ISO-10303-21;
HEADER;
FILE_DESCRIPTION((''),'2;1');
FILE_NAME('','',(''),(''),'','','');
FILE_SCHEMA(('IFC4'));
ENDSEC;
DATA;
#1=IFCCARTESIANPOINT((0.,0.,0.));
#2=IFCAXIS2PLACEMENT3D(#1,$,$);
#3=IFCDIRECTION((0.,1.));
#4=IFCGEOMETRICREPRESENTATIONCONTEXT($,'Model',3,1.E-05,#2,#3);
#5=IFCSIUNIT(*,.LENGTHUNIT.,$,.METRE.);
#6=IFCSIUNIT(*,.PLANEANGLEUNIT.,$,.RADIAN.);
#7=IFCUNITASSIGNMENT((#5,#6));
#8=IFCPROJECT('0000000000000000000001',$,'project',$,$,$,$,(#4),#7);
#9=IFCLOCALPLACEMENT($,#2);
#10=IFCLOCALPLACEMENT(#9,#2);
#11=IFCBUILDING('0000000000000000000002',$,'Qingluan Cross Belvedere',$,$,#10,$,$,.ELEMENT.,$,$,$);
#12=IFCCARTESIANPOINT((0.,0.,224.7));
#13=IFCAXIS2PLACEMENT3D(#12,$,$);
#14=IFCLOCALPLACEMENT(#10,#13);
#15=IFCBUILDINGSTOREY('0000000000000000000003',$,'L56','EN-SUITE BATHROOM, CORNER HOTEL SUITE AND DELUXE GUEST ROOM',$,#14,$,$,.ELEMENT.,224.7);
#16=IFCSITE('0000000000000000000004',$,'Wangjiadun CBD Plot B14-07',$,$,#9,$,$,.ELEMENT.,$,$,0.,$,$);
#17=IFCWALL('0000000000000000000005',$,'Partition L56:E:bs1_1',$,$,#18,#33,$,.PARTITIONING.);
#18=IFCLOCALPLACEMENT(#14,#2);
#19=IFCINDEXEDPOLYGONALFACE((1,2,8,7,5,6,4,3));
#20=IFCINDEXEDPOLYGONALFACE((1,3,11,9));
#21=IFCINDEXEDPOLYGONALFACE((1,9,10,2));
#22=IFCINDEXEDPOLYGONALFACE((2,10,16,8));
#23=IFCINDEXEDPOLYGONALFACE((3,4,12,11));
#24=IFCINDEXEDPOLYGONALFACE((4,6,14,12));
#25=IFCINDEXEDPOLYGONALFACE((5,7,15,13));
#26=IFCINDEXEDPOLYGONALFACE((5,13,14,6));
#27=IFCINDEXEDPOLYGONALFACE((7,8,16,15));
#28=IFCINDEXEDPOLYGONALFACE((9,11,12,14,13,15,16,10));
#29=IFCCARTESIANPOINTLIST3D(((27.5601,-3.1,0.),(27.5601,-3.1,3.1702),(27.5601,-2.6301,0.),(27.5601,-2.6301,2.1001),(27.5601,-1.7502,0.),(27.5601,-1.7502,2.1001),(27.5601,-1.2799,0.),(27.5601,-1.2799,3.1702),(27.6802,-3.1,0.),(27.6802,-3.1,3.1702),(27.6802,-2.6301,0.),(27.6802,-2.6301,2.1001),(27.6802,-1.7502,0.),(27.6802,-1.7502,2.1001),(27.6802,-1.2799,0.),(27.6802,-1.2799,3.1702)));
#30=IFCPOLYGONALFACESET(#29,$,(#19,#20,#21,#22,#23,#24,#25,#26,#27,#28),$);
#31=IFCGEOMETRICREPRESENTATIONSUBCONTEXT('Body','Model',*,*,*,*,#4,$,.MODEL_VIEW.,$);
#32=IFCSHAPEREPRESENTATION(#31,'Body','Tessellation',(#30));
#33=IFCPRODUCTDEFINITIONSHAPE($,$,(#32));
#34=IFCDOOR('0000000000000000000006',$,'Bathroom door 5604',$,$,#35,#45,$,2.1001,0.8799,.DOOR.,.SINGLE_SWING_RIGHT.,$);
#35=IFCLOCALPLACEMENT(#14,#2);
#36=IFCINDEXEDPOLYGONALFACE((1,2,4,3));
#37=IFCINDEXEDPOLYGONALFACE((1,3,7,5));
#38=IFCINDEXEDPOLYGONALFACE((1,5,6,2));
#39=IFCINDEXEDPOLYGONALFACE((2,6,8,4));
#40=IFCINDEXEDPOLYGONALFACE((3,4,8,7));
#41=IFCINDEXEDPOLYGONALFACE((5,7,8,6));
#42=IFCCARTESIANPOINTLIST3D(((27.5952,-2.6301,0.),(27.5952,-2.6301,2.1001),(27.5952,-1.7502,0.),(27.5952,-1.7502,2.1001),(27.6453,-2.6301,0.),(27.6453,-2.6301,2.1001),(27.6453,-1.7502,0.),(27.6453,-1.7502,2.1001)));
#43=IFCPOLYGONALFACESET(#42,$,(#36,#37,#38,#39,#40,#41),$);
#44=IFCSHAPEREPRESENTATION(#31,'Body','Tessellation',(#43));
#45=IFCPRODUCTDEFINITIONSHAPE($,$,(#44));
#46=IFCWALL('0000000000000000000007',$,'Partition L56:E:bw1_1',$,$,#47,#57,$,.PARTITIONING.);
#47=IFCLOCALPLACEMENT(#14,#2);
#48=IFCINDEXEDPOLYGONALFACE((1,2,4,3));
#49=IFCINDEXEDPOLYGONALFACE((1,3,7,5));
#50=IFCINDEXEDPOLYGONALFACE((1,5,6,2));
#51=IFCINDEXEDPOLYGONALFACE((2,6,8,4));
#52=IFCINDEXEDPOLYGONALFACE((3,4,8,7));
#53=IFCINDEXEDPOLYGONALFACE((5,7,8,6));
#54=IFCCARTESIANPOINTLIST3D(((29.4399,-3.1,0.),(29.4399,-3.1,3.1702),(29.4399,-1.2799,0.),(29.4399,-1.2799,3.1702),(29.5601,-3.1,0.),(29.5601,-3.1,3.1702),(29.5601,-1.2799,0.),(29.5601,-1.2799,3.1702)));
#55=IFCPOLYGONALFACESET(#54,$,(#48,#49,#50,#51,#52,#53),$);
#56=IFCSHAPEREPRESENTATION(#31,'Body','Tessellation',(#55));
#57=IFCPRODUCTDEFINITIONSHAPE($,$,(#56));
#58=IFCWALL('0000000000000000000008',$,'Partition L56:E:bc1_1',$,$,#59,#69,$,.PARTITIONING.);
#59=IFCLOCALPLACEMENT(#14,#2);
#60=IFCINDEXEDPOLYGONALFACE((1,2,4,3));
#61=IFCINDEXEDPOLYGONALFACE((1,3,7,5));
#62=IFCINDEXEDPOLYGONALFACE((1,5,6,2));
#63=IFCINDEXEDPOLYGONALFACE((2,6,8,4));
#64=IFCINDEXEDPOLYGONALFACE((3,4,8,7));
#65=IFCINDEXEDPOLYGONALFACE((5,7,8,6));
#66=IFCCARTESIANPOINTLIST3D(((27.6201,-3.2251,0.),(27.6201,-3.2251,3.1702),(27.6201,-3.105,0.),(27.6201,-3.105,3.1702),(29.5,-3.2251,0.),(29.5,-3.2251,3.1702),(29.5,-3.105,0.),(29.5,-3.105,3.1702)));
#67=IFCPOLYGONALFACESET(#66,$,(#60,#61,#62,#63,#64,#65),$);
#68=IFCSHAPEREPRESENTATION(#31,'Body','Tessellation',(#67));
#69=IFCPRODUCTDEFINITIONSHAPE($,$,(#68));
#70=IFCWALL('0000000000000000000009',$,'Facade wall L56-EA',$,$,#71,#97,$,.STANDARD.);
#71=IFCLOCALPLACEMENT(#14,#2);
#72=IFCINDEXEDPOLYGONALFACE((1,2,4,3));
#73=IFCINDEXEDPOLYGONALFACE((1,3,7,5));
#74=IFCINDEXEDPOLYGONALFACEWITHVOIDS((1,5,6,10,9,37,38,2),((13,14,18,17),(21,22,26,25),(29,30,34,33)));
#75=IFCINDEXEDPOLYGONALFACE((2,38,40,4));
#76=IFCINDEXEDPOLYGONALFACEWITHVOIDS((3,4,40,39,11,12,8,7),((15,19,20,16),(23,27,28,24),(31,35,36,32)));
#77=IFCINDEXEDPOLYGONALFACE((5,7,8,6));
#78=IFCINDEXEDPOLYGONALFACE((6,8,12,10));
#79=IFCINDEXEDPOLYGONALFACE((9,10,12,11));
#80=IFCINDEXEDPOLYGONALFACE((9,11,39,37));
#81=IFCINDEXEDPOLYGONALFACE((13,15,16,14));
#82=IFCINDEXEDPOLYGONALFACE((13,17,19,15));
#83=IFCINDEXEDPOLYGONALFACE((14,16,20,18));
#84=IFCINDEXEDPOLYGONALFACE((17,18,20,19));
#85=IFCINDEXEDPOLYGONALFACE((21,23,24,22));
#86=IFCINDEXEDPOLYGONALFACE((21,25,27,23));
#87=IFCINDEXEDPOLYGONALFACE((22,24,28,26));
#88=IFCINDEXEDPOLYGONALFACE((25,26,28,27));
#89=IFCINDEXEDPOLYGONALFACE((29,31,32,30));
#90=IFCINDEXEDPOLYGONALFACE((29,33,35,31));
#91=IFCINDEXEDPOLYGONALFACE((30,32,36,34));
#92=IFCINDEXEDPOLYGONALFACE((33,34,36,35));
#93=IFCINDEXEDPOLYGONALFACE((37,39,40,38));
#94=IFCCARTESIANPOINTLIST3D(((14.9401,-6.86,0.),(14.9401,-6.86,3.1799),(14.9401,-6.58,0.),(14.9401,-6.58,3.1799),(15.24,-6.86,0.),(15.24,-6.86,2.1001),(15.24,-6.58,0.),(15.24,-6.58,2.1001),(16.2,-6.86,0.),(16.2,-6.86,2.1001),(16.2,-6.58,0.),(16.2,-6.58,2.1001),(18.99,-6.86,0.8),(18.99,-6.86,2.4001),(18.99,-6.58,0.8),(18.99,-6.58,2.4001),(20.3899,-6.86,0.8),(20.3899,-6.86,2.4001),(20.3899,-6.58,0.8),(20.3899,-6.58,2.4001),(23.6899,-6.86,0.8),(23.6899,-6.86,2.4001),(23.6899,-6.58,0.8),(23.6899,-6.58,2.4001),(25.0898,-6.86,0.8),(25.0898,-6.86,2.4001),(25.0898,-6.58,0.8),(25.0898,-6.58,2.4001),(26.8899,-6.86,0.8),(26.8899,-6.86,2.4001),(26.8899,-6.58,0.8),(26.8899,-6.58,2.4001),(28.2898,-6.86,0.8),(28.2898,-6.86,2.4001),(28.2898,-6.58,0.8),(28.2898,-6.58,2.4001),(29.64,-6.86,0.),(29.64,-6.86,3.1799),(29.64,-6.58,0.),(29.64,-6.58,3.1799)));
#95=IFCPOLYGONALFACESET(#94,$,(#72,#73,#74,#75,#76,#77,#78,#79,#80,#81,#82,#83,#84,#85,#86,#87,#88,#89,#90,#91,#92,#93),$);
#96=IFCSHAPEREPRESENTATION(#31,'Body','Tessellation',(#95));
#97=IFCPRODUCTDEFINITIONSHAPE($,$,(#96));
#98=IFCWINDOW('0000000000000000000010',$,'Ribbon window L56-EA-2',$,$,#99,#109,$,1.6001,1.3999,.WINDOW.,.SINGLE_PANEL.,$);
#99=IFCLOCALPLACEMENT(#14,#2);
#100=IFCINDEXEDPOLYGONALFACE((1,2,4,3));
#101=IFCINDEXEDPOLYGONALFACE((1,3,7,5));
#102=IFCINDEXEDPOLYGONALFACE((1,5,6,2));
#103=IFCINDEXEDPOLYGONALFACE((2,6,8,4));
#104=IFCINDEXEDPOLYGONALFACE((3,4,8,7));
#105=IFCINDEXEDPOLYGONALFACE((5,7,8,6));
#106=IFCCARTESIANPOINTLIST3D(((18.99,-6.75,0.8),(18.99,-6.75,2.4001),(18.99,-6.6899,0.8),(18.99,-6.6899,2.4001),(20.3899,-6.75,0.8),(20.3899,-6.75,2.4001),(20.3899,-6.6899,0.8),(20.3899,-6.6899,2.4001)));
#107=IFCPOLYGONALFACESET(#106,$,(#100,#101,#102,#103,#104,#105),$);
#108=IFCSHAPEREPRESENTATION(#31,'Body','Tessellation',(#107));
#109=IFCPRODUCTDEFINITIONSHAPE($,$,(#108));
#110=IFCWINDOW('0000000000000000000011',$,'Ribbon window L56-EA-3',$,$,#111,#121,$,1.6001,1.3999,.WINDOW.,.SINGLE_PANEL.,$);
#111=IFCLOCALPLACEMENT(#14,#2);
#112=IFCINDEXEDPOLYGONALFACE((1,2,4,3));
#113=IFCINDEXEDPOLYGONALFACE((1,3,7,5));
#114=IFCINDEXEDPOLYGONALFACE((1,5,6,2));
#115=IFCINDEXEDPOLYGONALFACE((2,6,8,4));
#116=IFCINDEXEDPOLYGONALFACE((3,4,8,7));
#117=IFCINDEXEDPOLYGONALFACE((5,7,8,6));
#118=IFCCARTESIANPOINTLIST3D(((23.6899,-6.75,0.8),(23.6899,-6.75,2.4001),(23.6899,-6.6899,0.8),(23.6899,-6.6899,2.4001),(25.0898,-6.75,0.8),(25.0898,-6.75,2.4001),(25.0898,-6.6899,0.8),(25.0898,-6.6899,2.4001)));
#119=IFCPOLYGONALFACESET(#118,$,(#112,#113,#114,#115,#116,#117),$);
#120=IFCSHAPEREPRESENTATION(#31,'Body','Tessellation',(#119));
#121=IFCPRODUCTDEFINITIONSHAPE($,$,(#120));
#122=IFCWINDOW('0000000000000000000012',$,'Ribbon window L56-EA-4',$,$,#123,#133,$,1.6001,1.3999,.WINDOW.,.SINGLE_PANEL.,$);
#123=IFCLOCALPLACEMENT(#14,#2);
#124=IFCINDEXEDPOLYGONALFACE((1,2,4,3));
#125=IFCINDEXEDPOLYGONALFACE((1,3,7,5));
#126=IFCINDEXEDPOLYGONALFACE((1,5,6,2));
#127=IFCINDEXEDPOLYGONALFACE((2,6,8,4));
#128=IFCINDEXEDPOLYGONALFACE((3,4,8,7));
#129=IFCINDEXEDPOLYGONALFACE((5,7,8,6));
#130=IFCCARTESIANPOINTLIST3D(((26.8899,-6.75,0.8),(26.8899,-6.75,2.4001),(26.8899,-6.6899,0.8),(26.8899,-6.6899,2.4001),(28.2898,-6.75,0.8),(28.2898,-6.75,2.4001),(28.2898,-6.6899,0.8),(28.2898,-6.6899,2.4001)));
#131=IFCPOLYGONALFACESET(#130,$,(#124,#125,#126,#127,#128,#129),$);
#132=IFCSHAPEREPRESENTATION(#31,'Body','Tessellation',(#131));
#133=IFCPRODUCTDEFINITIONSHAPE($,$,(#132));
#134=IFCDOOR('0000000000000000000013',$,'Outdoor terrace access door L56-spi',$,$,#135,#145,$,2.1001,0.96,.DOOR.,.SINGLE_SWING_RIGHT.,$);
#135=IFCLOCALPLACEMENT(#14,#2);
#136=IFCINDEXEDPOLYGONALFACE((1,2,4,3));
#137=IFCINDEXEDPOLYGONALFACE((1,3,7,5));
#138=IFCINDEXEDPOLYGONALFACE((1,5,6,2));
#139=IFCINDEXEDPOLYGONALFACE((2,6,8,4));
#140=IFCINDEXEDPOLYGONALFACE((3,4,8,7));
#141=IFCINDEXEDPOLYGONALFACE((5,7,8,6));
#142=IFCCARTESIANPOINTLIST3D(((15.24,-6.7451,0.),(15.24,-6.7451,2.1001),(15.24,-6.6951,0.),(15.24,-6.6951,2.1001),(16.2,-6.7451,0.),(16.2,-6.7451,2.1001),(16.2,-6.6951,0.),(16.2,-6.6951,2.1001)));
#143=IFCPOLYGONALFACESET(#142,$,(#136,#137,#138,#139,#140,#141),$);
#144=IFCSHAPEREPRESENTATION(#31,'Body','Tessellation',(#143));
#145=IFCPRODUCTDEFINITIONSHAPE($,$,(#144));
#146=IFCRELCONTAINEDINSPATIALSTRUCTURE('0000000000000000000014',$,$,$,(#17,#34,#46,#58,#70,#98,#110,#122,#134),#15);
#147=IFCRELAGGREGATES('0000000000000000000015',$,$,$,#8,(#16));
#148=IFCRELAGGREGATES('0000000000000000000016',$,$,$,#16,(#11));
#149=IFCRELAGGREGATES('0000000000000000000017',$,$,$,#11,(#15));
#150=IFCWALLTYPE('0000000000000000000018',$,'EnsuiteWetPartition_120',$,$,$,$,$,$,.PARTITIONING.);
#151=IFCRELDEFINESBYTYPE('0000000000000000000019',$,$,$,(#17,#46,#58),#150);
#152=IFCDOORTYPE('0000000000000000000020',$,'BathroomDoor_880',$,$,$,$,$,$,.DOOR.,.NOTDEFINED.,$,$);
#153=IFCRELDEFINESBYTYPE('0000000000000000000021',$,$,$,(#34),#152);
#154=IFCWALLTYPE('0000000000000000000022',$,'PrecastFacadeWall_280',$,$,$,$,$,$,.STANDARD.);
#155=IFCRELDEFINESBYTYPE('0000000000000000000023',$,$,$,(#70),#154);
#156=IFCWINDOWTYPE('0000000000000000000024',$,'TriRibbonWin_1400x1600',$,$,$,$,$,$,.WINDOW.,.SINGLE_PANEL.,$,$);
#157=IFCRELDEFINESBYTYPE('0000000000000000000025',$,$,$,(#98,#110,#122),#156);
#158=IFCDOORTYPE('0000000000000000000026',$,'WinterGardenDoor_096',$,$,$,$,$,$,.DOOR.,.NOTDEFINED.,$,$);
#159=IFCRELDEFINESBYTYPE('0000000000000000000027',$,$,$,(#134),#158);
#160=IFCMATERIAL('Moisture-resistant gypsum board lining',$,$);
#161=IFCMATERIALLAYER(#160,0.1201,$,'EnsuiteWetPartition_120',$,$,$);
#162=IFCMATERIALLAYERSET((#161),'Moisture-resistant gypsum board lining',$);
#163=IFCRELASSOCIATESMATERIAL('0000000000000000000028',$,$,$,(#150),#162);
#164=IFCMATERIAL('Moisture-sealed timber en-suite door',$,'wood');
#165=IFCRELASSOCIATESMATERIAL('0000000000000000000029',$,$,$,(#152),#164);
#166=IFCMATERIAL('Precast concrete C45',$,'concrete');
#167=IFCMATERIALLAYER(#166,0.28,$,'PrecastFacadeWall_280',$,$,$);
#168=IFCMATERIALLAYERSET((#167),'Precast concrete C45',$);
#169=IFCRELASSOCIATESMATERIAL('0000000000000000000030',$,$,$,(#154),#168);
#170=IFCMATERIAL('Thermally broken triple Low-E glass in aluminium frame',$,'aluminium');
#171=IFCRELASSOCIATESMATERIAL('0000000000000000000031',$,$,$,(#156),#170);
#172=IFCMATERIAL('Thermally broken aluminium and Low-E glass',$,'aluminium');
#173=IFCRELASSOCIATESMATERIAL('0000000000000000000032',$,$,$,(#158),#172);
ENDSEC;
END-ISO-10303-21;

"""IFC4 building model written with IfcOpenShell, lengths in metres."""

from ifc_helpers import new_model, si_unit, direction, frame, frame_2d, origin, place, context, subcontext, project, spatial, rectangle, extrude, material, layer, layer_set, type_object, element, fill, save


model = new_model("IFC4")

# Units and contexts
model_context = context("Model", 3, precision=1e-05, world=origin(), true_north=direction((0.0, 1.0)))
body_context = subcontext(model_context, "Body", "Model", "MODEL_VIEW")
ifc_project = project(units=[si_unit("LENGTHUNIT", "METRE"), si_unit("PLANEANGLEUNIT", "RADIAN")], contexts=[model_context])

# Site, building, storey
site_placement = place(None, origin())
site = spatial("IfcSite", under=ifc_project, at=site_placement, Name="Wangjiadun CBD Plot B14-07", CompositionType="ELEMENT", RefElevation=0.0)
building_placement = place(site_placement, origin())
building = spatial("IfcBuilding", under=site, at=building_placement, Name="Qingluan Cross Belvedere", CompositionType="ELEMENT")
storey_placement = place(building_placement, frame((0.0, 0.0, 224.7)))
storey = spatial("IfcBuildingStorey", under=building, at=storey_placement, Name="L56", Description="EN-SUITE BATHROOM, CORNER HOTEL SUITE AND DELUXE GUEST ROOM", CompositionType="ELEMENT", Elevation=224.7)

# Shared definitions
ifc_material_1 = material(Name="Moisture-resistant gypsum board lining")
ifc_layer_1 = layer(ifc_material_1, 0.1201, Name="EnsuiteWetPartition_120")
ifc_layer_set_1 = layer_set([ifc_layer_1], Name="Moisture-resistant gypsum board lining")
wall_type_1 = type_object("IfcWallType", Name="EnsuiteWetPartition_120", PredefinedType="PARTITIONING", material=ifc_layer_set_1)
ifc_material_2 = material(Name="Moisture-sealed timber en-suite door", Category="wood")
door_type_1 = type_object("IfcDoorType", Name="BathroomDoor_880", OperationType="NOTDEFINED", PredefinedType="DOOR", material=ifc_material_2)

# Wall, opening, door
wall_1_placement = place(storey_placement, frame((27.6201, -3.1001, 0.0), z_axis=(0.0, 0.0, 1.0), x_axis=(0.0, 1.0, 0.0)))
wall_1 = element("IfcWall", 1, at=wall_1_placement, inside=storey, type_object=wall_type_1, Name="Partition L56:E:bs1_1", PredefinedType="PARTITIONING", context=body_context, shape_type="SweptSolid", body=[
    extrude(rectangle(XDim=1.8201, YDim=0.1201, at=frame_2d((0.9102, 0.0))), origin(), (0.0, 0.0, 1.0), 3.1702),
])
opening_1_placement = place(wall_1_placement, frame((0.47, 0.0, 0.0)))
opening_1 = element("IfcOpeningElement", 2, at=opening_1_placement, cuts=wall_1, PredefinedType="OPENING", context=body_context, shape_type="SweptSolid", body=[
    extrude(rectangle(XDim=0.8799, YDim=2.1001, at=frame_2d((0.4399, 1.05))), frame((0.0, 0.0701, 0.0), z_axis=(0.0, -1.0, 0.0), x_axis=(1.0, 0.0, 0.0)), (0.0, 0.0, 1.0), 0.1401),
])
door_1_placement = place(opening_1_placement, origin())
door_1 = element("IfcDoor", 3, at=door_1_placement, inside=storey, type_object=door_type_1, Name="Bathroom door 5604", OperationType="SINGLE_SWING_RIGHT", OverallHeight=2.1001, OverallWidth=0.8799, PredefinedType="DOOR", context=body_context, shape_type="SweptSolid", body=[
    extrude(rectangle(XDim=0.8799, YDim=2.1001, at=frame_2d((0.4399, 1.05))), frame((0.0, 0.0249, 0.0), z_axis=(0.0, -1.0, 0.0), x_axis=(1.0, 0.0, 0.0)), (0.0, 0.0, 1.0), 0.05),
])
fill(opening_1, door_1)

# Walls
wall_2_placement = place(storey_placement, frame((29.5, -3.1001, 0.0), z_axis=(0.0, 0.0, 1.0), x_axis=(0.0, 1.0, 0.0)))
element("IfcWall", 4, at=wall_2_placement, inside=storey, type_object=wall_type_1, Name="Partition L56:E:bw1_1", PredefinedType="PARTITIONING", context=body_context, shape_type="SweptSolid", body=[
    extrude(rectangle(XDim=1.8201, YDim=0.1201, at=frame_2d((0.9102, 0.0))), origin(), (0.0, 0.0, 1.0), 3.1702),
])
wall_3_placement = place(storey_placement, frame((27.6201, -3.165, 0.0), z_axis=(0.0, 0.0, 1.0), x_axis=(1.0, 0.0, 0.0)))
element("IfcWall", 5, at=wall_3_placement, inside=storey, type_object=wall_type_1, Name="Partition L56:E:bc1_1", PredefinedType="PARTITIONING", context=body_context, shape_type="SweptSolid", body=[
    extrude(rectangle(XDim=1.8799, YDim=0.1201, at=frame_2d((0.9399, 0.0))), origin(), (0.0, 0.0, 1.0), 3.1702),
])

# Wall, openings, windows, door
ifc_material_3 = material(Name="Precast concrete C45", Category="concrete")
ifc_layer_2 = layer(ifc_material_3, 0.28, Name="PrecastFacadeWall_280")
ifc_layer_set_2 = layer_set([ifc_layer_2], Name="Precast concrete C45")
wall_type_2 = type_object("IfcWallType", Name="PrecastFacadeWall_280", PredefinedType="STANDARD", material=ifc_layer_set_2)
wall_4_placement = place(storey_placement, frame((14.9399, -6.72, 0.0), z_axis=(0.0, 0.0, 1.0), x_axis=(1.0, 0.0, 0.0)))
wall_4 = element("IfcWall", 6, at=wall_4_placement, inside=storey, type_object=wall_type_2, Name="Facade wall L56-EA", PredefinedType="STANDARD", context=body_context, shape_type="SweptSolid", body=[
    extrude(rectangle(XDim=14.7, YDim=0.28, at=frame_2d((7.3501, 0.0))), origin(), (0.0, 0.0, 1.0), 3.1799),
])
opening_2_placement = place(wall_4_placement, frame((4.05, 0.0, 0.8)))
opening_2 = element("IfcOpeningElement", 7, at=opening_2_placement, cuts=wall_4, PredefinedType="OPENING", context=body_context, shape_type="SweptSolid", body=[
    extrude(rectangle(XDim=1.3999, YDim=1.6001, at=frame_2d((0.7, 0.8))), frame((0.0, 0.1499, 0.0), z_axis=(0.0, -1.0, 0.0), x_axis=(1.0, 0.0, 0.0)), (0.0, 0.0, 1.0), 0.3),
])
opening_3_placement = place(wall_4_placement, frame((8.75, 0.0, 0.8)))
opening_3 = element("IfcOpeningElement", 8, at=opening_3_placement, cuts=wall_4, PredefinedType="OPENING", context=body_context, shape_type="SweptSolid", body=[
    extrude(rectangle(XDim=1.3999, YDim=1.6001, at=frame_2d((0.7, 0.8))), frame((0.0, 0.1499, 0.0), z_axis=(0.0, -1.0, 0.0), x_axis=(1.0, 0.0, 0.0)), (0.0, 0.0, 1.0), 0.3),
])
opening_4_placement = place(wall_4_placement, frame((11.95, 0.0, 0.8)))
opening_4 = element("IfcOpeningElement", 9, at=opening_4_placement, cuts=wall_4, PredefinedType="OPENING", context=body_context, shape_type="SweptSolid", body=[
    extrude(rectangle(XDim=1.3999, YDim=1.6001, at=frame_2d((0.7, 0.8))), frame((0.0, 0.1499, 0.0), z_axis=(0.0, -1.0, 0.0), x_axis=(1.0, 0.0, 0.0)), (0.0, 0.0, 1.0), 0.3),
])
opening_5_placement = place(wall_4_placement, frame((0.3, 0.0, 0.0)))
opening_5 = element("IfcOpeningElement", 10, at=opening_5_placement, cuts=wall_4, PredefinedType="OPENING", context=body_context, shape_type="SweptSolid", body=[
    extrude(rectangle(XDim=0.96, YDim=2.1001, at=frame_2d((0.48, 1.05))), frame((0.0, 0.1499, 0.0), z_axis=(0.0, -1.0, 0.0), x_axis=(1.0, 0.0, 0.0)), (0.0, 0.0, 1.0), 0.3),
])
ifc_material_4 = material(Name="Thermally broken triple Low-E glass in aluminium frame", Category="aluminium")
window_type_1 = type_object("IfcWindowType", Name="TriRibbonWin_1400x1600", PartitioningType="SINGLE_PANEL", PredefinedType="WINDOW", material=ifc_material_4)
window_1_placement = place(opening_2_placement, origin())
window_1 = element("IfcWindow", 11, at=window_1_placement, inside=storey, type_object=window_type_1, Name="Ribbon window L56-EA-2", OverallHeight=1.6001, OverallWidth=1.3999, PartitioningType="SINGLE_PANEL", PredefinedType="WINDOW", context=body_context, shape_type="SweptSolid", body=[
    extrude(rectangle(XDim=1.3999, YDim=1.6001, at=frame_2d((0.7, 0.8))), frame((0.0, 0.03, 0.0), z_axis=(0.0, -1.0, 0.0), x_axis=(1.0, 0.0, 0.0)), (0.0, 0.0, 1.0), 0.0601),
])
fill(opening_2, window_1)
window_2_placement = place(opening_3_placement, origin())
window_2 = element("IfcWindow", 12, at=window_2_placement, inside=storey, type_object=window_type_1, Name="Ribbon window L56-EA-3", OverallHeight=1.6001, OverallWidth=1.3999, PartitioningType="SINGLE_PANEL", PredefinedType="WINDOW", context=body_context, shape_type="SweptSolid", body=[
    extrude(rectangle(XDim=1.3999, YDim=1.6001, at=frame_2d((0.7, 0.8))), frame((0.0, 0.03, 0.0), z_axis=(0.0, -1.0, 0.0), x_axis=(1.0, 0.0, 0.0)), (0.0, 0.0, 1.0), 0.0601),
])
fill(opening_3, window_2)
window_3_placement = place(opening_4_placement, origin())
window_3 = element("IfcWindow", 13, at=window_3_placement, inside=storey, type_object=window_type_1, Name="Ribbon window L56-EA-4", OverallHeight=1.6001, OverallWidth=1.3999, PartitioningType="SINGLE_PANEL", PredefinedType="WINDOW", context=body_context, shape_type="SweptSolid", body=[
    extrude(rectangle(XDim=1.3999, YDim=1.6001, at=frame_2d((0.7, 0.8))), frame((0.0, 0.03, 0.0), z_axis=(0.0, -1.0, 0.0), x_axis=(1.0, 0.0, 0.0)), (0.0, 0.0, 1.0), 0.0601),
])
fill(opening_4, window_3)
ifc_material_5 = material(Name="Thermally broken aluminium and Low-E glass", Category="aluminium")
door_type_2 = type_object("IfcDoorType", Name="WinterGardenDoor_096", OperationType="NOTDEFINED", PredefinedType="DOOR", material=ifc_material_5)
door_2_placement = place(opening_5_placement, origin())
door_2 = element("IfcDoor", 14, at=door_2_placement, inside=storey, type_object=door_type_2, Name="Outdoor terrace access door L56-spi", OperationType="SINGLE_SWING_RIGHT", OverallHeight=2.1001, OverallWidth=0.96, PredefinedType="DOOR", context=body_context, shape_type="SweptSolid", body=[
    extrude(rectangle(XDim=0.96, YDim=2.1001, at=frame_2d((0.48, 1.05))), frame((0.0, 0.0249, 0.0), z_axis=(0.0, -1.0, 0.0), x_axis=(1.0, 0.0, 0.0)), (0.0, 0.0, 1.0), 0.05),
])
fill(opening_5, door_2)

save(model, "model.ifc")
